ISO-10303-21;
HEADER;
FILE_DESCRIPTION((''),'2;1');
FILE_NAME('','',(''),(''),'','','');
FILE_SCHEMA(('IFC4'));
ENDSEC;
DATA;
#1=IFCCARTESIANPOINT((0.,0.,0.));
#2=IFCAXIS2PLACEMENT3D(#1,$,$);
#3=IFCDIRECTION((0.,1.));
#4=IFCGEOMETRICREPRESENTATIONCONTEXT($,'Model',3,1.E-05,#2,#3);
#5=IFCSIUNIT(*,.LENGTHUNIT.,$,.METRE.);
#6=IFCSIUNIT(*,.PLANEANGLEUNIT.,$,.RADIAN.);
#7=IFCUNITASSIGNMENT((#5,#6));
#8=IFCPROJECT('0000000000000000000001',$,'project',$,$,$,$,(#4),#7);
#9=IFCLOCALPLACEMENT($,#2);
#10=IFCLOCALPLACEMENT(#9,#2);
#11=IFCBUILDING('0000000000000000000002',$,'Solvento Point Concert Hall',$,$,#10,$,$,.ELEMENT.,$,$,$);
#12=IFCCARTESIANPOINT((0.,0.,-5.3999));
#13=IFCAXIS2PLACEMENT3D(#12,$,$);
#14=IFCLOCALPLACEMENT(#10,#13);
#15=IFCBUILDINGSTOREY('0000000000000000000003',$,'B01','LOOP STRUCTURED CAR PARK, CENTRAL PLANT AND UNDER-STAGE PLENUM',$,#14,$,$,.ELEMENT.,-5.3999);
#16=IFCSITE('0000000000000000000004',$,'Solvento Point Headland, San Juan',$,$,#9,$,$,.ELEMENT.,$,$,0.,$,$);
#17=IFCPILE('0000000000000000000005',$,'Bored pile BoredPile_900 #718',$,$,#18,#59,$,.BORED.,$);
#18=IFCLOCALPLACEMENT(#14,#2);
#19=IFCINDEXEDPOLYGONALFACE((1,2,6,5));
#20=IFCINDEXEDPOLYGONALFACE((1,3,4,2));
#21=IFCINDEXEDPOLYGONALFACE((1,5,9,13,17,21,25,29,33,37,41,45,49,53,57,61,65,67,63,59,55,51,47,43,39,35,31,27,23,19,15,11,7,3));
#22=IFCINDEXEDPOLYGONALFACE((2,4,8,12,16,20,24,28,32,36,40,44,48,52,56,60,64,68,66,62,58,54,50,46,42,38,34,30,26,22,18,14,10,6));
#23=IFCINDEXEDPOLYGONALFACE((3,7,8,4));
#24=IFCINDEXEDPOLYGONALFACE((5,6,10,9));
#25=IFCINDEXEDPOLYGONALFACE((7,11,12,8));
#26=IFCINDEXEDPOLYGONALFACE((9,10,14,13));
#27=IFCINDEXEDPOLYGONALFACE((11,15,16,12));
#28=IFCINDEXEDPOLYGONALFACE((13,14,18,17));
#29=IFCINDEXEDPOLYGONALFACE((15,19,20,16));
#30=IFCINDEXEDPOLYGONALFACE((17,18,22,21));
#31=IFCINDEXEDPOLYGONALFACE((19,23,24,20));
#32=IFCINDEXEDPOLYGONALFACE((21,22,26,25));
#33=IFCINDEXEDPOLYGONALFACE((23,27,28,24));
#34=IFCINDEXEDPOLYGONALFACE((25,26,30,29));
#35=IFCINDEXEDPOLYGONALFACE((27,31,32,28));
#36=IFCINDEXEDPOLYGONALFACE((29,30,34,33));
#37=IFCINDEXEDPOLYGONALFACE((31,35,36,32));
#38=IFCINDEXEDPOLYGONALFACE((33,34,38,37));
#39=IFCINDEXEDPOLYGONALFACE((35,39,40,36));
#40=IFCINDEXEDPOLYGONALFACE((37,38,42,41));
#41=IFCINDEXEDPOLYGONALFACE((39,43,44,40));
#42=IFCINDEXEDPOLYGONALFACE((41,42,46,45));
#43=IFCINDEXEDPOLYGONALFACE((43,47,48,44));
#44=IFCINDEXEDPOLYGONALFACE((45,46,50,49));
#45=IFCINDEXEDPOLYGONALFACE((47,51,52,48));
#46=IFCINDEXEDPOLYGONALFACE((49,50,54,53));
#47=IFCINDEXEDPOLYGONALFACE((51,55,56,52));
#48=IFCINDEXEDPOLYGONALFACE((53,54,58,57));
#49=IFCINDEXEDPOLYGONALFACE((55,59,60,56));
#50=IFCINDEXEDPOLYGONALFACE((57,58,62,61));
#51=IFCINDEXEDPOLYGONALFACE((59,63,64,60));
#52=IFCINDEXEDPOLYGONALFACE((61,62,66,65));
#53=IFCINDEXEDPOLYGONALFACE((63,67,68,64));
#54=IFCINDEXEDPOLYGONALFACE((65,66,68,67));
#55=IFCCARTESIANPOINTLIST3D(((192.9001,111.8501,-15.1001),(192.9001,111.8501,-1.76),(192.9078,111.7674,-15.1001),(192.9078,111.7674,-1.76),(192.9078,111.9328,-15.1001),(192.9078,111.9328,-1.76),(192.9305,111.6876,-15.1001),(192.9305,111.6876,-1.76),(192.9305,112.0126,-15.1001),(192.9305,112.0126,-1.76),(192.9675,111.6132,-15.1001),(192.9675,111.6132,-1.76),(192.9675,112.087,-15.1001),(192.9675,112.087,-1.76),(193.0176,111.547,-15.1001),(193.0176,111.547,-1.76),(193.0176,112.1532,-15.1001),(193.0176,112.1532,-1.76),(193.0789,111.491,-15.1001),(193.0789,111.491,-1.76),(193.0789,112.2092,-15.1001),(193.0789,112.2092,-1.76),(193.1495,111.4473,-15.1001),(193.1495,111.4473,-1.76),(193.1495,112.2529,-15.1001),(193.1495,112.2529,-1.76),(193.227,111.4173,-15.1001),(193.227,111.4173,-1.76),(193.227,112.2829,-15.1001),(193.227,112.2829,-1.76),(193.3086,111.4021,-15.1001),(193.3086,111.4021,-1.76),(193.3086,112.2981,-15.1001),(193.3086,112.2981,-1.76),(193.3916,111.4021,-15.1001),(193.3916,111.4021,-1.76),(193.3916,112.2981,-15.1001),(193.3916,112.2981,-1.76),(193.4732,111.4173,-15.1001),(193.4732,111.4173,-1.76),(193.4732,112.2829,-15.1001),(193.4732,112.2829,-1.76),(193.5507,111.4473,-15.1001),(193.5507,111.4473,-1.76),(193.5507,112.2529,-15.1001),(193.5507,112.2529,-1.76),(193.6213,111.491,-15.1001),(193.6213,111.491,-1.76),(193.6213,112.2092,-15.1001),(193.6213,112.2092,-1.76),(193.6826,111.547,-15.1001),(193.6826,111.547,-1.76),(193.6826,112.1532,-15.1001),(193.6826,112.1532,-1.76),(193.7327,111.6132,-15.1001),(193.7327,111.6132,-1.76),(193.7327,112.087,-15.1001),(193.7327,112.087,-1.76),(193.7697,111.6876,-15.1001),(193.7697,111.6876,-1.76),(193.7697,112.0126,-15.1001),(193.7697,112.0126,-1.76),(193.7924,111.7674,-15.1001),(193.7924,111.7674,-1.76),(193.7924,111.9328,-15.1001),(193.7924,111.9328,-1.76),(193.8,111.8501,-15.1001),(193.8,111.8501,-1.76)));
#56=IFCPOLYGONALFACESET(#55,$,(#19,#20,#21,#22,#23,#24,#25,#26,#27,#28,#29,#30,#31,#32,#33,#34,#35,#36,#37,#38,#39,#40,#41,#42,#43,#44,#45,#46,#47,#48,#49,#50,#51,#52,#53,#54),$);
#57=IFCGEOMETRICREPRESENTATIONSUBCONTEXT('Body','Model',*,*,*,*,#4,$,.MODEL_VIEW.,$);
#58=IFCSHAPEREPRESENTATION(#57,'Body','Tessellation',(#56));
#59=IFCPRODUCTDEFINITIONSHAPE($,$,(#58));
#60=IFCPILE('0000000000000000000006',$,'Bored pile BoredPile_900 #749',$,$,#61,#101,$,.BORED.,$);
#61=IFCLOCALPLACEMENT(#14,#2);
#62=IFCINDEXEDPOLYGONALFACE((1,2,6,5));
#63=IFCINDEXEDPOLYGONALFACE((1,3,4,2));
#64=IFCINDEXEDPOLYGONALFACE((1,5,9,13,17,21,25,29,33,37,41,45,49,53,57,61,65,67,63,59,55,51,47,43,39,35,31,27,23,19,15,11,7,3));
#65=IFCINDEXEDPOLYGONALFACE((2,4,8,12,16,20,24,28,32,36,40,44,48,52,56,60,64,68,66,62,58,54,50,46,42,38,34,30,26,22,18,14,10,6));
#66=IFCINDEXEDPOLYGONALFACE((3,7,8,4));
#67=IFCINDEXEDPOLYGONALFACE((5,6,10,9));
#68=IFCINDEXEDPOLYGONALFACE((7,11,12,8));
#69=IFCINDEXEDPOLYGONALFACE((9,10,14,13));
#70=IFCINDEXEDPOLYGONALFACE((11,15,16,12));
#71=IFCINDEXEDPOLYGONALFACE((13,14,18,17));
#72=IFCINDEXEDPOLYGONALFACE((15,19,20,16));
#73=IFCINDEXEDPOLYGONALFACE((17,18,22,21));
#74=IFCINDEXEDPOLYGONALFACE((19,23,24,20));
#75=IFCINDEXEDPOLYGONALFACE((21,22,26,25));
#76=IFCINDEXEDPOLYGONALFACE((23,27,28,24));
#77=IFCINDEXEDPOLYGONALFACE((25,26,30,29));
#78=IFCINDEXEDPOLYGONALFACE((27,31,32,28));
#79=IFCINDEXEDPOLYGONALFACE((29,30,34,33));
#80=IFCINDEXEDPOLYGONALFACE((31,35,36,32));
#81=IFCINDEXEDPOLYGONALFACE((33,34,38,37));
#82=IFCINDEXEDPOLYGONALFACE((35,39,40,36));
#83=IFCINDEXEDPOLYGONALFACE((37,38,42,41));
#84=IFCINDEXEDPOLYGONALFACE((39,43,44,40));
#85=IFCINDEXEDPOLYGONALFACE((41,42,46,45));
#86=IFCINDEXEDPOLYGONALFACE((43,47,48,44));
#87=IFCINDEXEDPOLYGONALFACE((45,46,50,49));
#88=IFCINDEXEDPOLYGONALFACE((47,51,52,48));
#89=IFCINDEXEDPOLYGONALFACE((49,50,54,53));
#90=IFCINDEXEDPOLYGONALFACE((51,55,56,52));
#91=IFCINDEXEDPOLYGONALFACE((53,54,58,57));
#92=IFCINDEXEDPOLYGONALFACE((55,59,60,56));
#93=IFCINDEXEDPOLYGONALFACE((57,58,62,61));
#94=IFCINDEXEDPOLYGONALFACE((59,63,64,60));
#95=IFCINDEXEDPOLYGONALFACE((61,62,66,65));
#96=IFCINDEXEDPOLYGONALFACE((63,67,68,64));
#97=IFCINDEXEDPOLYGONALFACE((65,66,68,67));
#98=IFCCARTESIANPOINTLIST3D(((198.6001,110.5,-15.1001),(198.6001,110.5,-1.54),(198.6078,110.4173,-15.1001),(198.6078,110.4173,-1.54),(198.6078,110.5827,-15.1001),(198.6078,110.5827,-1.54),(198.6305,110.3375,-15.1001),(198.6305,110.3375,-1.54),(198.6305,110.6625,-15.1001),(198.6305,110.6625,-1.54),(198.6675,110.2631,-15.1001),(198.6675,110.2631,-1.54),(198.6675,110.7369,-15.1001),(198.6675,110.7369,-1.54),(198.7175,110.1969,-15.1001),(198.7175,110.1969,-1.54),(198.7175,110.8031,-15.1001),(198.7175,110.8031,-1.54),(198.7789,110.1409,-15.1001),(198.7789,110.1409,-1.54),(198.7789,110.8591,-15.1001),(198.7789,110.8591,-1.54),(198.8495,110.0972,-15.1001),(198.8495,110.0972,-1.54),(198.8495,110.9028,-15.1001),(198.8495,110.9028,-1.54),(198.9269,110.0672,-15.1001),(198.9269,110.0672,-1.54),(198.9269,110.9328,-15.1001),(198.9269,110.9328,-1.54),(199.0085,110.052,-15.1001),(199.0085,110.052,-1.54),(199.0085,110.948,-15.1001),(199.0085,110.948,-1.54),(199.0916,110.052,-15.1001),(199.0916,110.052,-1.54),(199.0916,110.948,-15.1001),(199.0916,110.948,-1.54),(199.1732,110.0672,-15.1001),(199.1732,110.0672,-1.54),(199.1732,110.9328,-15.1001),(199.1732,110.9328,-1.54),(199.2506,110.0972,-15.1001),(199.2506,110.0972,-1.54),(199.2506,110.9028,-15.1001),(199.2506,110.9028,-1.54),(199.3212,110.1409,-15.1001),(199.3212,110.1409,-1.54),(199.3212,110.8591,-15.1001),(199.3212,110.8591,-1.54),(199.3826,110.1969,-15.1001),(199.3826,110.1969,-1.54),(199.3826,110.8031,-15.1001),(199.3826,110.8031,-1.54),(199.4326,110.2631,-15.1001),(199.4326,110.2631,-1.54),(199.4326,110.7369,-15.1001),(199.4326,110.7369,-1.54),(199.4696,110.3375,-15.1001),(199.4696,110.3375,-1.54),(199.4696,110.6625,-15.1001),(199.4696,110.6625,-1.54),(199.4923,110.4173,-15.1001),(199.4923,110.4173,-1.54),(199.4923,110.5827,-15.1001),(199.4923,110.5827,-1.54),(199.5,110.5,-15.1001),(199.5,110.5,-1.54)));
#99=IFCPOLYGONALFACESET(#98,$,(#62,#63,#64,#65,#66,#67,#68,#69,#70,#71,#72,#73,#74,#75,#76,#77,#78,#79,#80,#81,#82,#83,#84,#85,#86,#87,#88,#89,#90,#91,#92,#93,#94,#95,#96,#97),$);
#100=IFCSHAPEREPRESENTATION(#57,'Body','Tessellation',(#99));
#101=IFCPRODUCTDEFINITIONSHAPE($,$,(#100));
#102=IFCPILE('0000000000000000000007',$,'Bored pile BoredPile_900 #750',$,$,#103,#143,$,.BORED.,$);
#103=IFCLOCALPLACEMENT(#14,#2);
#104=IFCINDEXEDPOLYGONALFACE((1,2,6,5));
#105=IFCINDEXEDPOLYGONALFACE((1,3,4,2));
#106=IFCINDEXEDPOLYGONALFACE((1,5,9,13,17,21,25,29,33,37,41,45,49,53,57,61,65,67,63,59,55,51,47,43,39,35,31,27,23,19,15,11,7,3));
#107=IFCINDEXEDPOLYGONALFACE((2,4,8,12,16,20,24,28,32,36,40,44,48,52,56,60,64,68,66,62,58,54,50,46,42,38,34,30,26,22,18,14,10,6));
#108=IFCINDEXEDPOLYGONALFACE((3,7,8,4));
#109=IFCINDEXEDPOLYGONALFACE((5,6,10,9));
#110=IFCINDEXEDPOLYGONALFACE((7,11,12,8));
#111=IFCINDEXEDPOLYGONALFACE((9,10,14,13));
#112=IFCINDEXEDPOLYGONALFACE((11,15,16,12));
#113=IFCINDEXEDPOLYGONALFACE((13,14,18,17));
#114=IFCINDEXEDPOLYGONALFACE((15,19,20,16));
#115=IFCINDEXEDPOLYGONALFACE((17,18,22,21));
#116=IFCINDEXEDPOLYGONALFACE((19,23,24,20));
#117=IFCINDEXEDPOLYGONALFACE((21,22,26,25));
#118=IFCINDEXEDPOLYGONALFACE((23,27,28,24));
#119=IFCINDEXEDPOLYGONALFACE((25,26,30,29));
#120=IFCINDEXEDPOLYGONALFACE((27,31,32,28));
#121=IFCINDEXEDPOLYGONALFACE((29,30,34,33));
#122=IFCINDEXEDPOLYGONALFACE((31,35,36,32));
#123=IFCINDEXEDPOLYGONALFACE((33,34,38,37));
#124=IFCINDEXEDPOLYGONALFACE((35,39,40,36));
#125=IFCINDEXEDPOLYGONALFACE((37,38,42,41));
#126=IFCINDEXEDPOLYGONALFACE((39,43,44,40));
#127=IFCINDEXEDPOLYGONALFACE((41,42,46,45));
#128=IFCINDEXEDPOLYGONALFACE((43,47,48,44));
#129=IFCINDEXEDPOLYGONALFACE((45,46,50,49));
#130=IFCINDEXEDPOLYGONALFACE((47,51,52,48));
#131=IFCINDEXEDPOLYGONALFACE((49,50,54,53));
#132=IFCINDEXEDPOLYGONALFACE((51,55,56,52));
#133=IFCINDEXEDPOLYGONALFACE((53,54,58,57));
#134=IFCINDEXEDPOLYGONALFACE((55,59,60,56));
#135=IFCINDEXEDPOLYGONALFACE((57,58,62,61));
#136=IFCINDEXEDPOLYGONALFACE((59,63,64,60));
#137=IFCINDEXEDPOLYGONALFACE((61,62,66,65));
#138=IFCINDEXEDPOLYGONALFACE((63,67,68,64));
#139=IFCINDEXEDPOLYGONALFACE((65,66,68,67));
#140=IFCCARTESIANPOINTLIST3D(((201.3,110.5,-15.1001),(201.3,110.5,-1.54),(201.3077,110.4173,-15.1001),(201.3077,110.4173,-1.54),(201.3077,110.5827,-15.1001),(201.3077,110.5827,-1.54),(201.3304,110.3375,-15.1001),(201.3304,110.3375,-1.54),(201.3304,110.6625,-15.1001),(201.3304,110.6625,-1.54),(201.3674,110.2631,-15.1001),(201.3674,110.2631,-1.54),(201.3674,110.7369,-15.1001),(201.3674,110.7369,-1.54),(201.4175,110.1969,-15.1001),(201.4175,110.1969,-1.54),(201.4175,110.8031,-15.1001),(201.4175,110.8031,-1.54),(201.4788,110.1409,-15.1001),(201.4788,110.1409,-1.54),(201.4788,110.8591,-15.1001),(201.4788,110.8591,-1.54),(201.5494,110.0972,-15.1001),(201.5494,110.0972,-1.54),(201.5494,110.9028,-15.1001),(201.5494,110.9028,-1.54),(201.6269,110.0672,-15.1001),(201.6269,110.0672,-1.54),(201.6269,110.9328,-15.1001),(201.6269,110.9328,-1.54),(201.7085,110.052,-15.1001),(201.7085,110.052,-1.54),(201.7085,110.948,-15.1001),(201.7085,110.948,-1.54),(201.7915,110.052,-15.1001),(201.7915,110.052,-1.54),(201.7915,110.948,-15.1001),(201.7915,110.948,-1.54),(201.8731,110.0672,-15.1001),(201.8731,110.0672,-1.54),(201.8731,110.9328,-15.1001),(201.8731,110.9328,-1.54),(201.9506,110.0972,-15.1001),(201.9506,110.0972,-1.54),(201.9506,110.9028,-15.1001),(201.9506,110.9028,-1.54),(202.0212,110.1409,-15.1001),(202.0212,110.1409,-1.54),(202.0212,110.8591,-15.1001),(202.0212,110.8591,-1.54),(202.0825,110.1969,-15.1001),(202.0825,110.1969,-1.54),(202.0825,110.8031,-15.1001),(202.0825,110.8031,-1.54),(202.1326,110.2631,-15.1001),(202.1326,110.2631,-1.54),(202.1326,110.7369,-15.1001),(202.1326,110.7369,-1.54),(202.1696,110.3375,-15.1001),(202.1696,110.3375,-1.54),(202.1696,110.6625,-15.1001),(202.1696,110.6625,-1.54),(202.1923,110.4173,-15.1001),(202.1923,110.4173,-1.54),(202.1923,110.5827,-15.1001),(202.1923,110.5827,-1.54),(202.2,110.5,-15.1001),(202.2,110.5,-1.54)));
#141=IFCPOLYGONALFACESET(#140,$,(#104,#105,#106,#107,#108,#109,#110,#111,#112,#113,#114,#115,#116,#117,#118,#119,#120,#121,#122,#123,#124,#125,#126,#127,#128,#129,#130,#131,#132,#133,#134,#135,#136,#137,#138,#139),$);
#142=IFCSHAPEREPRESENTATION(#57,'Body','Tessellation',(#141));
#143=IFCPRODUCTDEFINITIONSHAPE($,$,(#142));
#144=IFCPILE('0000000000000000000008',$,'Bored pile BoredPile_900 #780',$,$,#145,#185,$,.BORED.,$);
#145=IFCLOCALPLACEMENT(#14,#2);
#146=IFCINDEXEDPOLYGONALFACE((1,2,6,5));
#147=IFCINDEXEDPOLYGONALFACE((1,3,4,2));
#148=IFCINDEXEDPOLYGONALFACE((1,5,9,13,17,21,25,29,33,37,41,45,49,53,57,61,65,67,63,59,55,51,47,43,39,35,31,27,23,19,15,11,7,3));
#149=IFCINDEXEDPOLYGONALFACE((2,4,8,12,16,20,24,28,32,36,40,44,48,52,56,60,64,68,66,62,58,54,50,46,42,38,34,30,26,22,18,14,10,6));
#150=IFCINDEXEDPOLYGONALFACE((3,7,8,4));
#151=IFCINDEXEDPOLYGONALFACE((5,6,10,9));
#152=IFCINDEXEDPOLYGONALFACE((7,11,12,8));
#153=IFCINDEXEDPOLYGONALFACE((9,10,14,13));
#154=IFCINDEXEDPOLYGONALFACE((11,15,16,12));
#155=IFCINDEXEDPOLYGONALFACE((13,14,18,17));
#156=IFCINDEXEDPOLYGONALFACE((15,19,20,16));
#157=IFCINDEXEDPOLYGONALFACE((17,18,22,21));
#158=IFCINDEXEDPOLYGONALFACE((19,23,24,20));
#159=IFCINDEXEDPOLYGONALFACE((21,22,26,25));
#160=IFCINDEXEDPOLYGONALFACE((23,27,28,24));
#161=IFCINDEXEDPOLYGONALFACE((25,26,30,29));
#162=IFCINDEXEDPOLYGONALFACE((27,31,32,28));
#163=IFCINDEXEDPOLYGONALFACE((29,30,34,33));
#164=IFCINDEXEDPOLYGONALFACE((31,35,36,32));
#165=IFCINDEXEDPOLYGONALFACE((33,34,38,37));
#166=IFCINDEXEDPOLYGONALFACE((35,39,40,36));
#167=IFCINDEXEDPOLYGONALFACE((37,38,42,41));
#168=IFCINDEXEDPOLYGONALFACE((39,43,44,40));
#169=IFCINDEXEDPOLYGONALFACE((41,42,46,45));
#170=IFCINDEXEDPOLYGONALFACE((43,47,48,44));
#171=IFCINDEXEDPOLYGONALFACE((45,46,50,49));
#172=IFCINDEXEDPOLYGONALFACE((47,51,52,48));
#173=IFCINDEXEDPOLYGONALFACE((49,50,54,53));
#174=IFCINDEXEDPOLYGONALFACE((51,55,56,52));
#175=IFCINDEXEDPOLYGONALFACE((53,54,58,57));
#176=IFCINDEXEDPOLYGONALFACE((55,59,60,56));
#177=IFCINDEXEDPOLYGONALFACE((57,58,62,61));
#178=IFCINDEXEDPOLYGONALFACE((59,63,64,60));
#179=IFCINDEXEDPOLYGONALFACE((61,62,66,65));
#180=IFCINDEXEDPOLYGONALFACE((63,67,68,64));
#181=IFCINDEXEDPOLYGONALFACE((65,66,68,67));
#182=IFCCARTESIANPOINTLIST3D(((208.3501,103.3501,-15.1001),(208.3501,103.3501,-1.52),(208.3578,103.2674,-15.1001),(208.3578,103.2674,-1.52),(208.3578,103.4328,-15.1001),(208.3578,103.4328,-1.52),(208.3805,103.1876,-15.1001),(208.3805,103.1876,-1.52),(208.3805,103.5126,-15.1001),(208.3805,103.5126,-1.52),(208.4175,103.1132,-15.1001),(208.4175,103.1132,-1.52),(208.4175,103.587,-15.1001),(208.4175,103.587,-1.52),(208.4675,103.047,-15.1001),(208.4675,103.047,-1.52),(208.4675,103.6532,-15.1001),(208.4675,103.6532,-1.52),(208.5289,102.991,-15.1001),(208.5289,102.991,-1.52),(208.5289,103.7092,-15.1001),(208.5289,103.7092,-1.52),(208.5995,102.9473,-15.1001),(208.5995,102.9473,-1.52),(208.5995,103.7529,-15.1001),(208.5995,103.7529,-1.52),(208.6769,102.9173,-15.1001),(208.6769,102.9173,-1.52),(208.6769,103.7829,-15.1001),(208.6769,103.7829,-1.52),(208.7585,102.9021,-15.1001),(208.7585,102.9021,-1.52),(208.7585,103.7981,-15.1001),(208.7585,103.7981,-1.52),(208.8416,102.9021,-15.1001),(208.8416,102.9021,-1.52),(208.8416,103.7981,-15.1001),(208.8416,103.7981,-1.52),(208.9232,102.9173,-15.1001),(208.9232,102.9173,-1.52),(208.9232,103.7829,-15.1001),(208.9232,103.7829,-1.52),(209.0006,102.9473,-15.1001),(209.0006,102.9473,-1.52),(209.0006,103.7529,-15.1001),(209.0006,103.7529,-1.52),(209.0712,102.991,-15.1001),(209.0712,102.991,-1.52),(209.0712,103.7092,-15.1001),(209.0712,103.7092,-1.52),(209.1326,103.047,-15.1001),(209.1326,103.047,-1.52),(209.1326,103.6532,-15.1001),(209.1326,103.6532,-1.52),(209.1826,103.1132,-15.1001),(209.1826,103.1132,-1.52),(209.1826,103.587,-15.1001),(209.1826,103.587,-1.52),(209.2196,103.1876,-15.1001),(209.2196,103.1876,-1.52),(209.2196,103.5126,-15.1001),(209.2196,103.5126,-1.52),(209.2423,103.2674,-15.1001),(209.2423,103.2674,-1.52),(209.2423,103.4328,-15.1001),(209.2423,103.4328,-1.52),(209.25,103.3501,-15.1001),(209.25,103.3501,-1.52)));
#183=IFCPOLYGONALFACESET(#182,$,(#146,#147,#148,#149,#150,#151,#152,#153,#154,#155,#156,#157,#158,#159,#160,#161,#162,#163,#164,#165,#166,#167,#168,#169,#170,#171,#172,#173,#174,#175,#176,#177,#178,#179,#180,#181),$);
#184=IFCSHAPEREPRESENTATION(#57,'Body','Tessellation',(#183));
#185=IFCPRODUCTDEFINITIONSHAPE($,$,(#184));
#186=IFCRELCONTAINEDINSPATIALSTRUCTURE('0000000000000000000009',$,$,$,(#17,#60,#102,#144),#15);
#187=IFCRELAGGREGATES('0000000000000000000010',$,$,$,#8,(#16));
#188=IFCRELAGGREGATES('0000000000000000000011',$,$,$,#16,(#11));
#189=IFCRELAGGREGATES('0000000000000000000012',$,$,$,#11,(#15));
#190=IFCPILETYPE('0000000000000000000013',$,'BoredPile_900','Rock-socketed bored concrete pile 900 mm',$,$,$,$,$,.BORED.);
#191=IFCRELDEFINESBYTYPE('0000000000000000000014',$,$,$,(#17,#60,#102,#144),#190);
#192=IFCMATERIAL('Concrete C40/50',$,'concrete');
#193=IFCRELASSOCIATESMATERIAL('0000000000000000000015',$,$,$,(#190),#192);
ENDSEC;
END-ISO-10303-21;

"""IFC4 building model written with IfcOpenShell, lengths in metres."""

from ifc_helpers import new_model, si_unit, direction, frame, origin, origin_2d, place, context, subcontext, project, spatial, circle, extrude, material, material_profile, profile_set, type_object, element, save


model = new_model("IFC4")

# Units and contexts
model_context = context("Model", 3, precision=1e-05, world=origin(), true_north=direction((0.0, 1.0)))
body_context = subcontext(model_context, "Body", "Model", "MODEL_VIEW")
ifc_project = project(units=[si_unit("LENGTHUNIT", "METRE"), si_unit("PLANEANGLEUNIT", "RADIAN")], contexts=[model_context])

# Site, building, storey
site_placement = place(None, origin())
site = spatial("IfcSite", under=ifc_project, at=site_placement, Name="Solvento Point Headland, San Juan", CompositionType="ELEMENT", RefElevation=0.0)
building_placement = place(site_placement, origin())
building = spatial("IfcBuilding", under=site, at=building_placement, Name="Solvento Point Concert Hall", CompositionType="ELEMENT")
storey_placement = place(building_placement, frame((0.0, 0.0, -5.3999)))
storey = spatial("IfcBuildingStorey", under=building, at=storey_placement, Name="B01", Description="LOOP STRUCTURED CAR PARK, CENTRAL PLANT AND UNDER-STAGE PLENUM", CompositionType="ELEMENT", Elevation=-5.3999)

# Piles
ifc_material_1 = material(Name="Concrete C40/50", Category="concrete")
ifc_material_profile_1 = material_profile(ifc_material_1, circle(Radius=0.45, at=origin_2d()), Name="BP-900")
ifc_profile_set_1 = profile_set([ifc_material_profile_1], Name="Concrete C40/50")
pile_type_1 = type_object("IfcPileType", Name="BoredPile_900", Description="Rock-socketed bored concrete pile 900 mm", PredefinedType="BORED", material=ifc_profile_set_1)
for number, where, z_axis, x_axis, name in (
    (1, (193.3501, 111.8501, -1.76), (0.0, 0.0, -1.0), (1.0, 0.0, 0.0), "Bored pile BoredPile_900 #718"),
):
    element("IfcPile", number, at=place(storey_placement, frame(where, z_axis=z_axis, x_axis=x_axis)), inside=storey, type_object=pile_type_1, Name=name, PredefinedType="BORED", context=body_context, shape_type="SweptSolid", body=[
        extrude(circle(Radius=0.45, at=origin_2d()), origin(), (0.0, 0.0, 1.0), 13.3401),
    ])
for number, where, z_axis, x_axis, name in (
    (2, (199.05, 110.5, -1.54), (0.0, 0.0, -1.0), (1.0, 0.0, 0.0), "Bored pile BoredPile_900 #749"),
    (3, (201.75, 110.5, -1.54), (0.0, 0.0, -1.0), (1.0, 0.0, 0.0), "Bored pile BoredPile_900 #750"),
):
    element("IfcPile", number, at=place(storey_placement, frame(where, z_axis=z_axis, x_axis=x_axis)), inside=storey, type_object=pile_type_1, Name=name, PredefinedType="BORED", context=body_context, shape_type="SweptSolid", body=[
        extrude(circle(Radius=0.45, at=origin_2d()), origin(), (0.0, 0.0, 1.0), 13.5601),
    ])
pile_1_placement = place(storey_placement, frame((208.8, 103.3501, -1.52), z_axis=(0.0, 0.0, -1.0), x_axis=(1.0, 0.0, 0.0)))
element("IfcPile", 4, at=pile_1_placement, inside=storey, type_object=pile_type_1, Name="Bored pile BoredPile_900 #780", PredefinedType="BORED", context=body_context, shape_type="SweptSolid", body=[
    extrude(circle(Radius=0.45, at=origin_2d()), origin(), (0.0, 0.0, 1.0), 13.5801),
])

save(model, "model.ifc")
